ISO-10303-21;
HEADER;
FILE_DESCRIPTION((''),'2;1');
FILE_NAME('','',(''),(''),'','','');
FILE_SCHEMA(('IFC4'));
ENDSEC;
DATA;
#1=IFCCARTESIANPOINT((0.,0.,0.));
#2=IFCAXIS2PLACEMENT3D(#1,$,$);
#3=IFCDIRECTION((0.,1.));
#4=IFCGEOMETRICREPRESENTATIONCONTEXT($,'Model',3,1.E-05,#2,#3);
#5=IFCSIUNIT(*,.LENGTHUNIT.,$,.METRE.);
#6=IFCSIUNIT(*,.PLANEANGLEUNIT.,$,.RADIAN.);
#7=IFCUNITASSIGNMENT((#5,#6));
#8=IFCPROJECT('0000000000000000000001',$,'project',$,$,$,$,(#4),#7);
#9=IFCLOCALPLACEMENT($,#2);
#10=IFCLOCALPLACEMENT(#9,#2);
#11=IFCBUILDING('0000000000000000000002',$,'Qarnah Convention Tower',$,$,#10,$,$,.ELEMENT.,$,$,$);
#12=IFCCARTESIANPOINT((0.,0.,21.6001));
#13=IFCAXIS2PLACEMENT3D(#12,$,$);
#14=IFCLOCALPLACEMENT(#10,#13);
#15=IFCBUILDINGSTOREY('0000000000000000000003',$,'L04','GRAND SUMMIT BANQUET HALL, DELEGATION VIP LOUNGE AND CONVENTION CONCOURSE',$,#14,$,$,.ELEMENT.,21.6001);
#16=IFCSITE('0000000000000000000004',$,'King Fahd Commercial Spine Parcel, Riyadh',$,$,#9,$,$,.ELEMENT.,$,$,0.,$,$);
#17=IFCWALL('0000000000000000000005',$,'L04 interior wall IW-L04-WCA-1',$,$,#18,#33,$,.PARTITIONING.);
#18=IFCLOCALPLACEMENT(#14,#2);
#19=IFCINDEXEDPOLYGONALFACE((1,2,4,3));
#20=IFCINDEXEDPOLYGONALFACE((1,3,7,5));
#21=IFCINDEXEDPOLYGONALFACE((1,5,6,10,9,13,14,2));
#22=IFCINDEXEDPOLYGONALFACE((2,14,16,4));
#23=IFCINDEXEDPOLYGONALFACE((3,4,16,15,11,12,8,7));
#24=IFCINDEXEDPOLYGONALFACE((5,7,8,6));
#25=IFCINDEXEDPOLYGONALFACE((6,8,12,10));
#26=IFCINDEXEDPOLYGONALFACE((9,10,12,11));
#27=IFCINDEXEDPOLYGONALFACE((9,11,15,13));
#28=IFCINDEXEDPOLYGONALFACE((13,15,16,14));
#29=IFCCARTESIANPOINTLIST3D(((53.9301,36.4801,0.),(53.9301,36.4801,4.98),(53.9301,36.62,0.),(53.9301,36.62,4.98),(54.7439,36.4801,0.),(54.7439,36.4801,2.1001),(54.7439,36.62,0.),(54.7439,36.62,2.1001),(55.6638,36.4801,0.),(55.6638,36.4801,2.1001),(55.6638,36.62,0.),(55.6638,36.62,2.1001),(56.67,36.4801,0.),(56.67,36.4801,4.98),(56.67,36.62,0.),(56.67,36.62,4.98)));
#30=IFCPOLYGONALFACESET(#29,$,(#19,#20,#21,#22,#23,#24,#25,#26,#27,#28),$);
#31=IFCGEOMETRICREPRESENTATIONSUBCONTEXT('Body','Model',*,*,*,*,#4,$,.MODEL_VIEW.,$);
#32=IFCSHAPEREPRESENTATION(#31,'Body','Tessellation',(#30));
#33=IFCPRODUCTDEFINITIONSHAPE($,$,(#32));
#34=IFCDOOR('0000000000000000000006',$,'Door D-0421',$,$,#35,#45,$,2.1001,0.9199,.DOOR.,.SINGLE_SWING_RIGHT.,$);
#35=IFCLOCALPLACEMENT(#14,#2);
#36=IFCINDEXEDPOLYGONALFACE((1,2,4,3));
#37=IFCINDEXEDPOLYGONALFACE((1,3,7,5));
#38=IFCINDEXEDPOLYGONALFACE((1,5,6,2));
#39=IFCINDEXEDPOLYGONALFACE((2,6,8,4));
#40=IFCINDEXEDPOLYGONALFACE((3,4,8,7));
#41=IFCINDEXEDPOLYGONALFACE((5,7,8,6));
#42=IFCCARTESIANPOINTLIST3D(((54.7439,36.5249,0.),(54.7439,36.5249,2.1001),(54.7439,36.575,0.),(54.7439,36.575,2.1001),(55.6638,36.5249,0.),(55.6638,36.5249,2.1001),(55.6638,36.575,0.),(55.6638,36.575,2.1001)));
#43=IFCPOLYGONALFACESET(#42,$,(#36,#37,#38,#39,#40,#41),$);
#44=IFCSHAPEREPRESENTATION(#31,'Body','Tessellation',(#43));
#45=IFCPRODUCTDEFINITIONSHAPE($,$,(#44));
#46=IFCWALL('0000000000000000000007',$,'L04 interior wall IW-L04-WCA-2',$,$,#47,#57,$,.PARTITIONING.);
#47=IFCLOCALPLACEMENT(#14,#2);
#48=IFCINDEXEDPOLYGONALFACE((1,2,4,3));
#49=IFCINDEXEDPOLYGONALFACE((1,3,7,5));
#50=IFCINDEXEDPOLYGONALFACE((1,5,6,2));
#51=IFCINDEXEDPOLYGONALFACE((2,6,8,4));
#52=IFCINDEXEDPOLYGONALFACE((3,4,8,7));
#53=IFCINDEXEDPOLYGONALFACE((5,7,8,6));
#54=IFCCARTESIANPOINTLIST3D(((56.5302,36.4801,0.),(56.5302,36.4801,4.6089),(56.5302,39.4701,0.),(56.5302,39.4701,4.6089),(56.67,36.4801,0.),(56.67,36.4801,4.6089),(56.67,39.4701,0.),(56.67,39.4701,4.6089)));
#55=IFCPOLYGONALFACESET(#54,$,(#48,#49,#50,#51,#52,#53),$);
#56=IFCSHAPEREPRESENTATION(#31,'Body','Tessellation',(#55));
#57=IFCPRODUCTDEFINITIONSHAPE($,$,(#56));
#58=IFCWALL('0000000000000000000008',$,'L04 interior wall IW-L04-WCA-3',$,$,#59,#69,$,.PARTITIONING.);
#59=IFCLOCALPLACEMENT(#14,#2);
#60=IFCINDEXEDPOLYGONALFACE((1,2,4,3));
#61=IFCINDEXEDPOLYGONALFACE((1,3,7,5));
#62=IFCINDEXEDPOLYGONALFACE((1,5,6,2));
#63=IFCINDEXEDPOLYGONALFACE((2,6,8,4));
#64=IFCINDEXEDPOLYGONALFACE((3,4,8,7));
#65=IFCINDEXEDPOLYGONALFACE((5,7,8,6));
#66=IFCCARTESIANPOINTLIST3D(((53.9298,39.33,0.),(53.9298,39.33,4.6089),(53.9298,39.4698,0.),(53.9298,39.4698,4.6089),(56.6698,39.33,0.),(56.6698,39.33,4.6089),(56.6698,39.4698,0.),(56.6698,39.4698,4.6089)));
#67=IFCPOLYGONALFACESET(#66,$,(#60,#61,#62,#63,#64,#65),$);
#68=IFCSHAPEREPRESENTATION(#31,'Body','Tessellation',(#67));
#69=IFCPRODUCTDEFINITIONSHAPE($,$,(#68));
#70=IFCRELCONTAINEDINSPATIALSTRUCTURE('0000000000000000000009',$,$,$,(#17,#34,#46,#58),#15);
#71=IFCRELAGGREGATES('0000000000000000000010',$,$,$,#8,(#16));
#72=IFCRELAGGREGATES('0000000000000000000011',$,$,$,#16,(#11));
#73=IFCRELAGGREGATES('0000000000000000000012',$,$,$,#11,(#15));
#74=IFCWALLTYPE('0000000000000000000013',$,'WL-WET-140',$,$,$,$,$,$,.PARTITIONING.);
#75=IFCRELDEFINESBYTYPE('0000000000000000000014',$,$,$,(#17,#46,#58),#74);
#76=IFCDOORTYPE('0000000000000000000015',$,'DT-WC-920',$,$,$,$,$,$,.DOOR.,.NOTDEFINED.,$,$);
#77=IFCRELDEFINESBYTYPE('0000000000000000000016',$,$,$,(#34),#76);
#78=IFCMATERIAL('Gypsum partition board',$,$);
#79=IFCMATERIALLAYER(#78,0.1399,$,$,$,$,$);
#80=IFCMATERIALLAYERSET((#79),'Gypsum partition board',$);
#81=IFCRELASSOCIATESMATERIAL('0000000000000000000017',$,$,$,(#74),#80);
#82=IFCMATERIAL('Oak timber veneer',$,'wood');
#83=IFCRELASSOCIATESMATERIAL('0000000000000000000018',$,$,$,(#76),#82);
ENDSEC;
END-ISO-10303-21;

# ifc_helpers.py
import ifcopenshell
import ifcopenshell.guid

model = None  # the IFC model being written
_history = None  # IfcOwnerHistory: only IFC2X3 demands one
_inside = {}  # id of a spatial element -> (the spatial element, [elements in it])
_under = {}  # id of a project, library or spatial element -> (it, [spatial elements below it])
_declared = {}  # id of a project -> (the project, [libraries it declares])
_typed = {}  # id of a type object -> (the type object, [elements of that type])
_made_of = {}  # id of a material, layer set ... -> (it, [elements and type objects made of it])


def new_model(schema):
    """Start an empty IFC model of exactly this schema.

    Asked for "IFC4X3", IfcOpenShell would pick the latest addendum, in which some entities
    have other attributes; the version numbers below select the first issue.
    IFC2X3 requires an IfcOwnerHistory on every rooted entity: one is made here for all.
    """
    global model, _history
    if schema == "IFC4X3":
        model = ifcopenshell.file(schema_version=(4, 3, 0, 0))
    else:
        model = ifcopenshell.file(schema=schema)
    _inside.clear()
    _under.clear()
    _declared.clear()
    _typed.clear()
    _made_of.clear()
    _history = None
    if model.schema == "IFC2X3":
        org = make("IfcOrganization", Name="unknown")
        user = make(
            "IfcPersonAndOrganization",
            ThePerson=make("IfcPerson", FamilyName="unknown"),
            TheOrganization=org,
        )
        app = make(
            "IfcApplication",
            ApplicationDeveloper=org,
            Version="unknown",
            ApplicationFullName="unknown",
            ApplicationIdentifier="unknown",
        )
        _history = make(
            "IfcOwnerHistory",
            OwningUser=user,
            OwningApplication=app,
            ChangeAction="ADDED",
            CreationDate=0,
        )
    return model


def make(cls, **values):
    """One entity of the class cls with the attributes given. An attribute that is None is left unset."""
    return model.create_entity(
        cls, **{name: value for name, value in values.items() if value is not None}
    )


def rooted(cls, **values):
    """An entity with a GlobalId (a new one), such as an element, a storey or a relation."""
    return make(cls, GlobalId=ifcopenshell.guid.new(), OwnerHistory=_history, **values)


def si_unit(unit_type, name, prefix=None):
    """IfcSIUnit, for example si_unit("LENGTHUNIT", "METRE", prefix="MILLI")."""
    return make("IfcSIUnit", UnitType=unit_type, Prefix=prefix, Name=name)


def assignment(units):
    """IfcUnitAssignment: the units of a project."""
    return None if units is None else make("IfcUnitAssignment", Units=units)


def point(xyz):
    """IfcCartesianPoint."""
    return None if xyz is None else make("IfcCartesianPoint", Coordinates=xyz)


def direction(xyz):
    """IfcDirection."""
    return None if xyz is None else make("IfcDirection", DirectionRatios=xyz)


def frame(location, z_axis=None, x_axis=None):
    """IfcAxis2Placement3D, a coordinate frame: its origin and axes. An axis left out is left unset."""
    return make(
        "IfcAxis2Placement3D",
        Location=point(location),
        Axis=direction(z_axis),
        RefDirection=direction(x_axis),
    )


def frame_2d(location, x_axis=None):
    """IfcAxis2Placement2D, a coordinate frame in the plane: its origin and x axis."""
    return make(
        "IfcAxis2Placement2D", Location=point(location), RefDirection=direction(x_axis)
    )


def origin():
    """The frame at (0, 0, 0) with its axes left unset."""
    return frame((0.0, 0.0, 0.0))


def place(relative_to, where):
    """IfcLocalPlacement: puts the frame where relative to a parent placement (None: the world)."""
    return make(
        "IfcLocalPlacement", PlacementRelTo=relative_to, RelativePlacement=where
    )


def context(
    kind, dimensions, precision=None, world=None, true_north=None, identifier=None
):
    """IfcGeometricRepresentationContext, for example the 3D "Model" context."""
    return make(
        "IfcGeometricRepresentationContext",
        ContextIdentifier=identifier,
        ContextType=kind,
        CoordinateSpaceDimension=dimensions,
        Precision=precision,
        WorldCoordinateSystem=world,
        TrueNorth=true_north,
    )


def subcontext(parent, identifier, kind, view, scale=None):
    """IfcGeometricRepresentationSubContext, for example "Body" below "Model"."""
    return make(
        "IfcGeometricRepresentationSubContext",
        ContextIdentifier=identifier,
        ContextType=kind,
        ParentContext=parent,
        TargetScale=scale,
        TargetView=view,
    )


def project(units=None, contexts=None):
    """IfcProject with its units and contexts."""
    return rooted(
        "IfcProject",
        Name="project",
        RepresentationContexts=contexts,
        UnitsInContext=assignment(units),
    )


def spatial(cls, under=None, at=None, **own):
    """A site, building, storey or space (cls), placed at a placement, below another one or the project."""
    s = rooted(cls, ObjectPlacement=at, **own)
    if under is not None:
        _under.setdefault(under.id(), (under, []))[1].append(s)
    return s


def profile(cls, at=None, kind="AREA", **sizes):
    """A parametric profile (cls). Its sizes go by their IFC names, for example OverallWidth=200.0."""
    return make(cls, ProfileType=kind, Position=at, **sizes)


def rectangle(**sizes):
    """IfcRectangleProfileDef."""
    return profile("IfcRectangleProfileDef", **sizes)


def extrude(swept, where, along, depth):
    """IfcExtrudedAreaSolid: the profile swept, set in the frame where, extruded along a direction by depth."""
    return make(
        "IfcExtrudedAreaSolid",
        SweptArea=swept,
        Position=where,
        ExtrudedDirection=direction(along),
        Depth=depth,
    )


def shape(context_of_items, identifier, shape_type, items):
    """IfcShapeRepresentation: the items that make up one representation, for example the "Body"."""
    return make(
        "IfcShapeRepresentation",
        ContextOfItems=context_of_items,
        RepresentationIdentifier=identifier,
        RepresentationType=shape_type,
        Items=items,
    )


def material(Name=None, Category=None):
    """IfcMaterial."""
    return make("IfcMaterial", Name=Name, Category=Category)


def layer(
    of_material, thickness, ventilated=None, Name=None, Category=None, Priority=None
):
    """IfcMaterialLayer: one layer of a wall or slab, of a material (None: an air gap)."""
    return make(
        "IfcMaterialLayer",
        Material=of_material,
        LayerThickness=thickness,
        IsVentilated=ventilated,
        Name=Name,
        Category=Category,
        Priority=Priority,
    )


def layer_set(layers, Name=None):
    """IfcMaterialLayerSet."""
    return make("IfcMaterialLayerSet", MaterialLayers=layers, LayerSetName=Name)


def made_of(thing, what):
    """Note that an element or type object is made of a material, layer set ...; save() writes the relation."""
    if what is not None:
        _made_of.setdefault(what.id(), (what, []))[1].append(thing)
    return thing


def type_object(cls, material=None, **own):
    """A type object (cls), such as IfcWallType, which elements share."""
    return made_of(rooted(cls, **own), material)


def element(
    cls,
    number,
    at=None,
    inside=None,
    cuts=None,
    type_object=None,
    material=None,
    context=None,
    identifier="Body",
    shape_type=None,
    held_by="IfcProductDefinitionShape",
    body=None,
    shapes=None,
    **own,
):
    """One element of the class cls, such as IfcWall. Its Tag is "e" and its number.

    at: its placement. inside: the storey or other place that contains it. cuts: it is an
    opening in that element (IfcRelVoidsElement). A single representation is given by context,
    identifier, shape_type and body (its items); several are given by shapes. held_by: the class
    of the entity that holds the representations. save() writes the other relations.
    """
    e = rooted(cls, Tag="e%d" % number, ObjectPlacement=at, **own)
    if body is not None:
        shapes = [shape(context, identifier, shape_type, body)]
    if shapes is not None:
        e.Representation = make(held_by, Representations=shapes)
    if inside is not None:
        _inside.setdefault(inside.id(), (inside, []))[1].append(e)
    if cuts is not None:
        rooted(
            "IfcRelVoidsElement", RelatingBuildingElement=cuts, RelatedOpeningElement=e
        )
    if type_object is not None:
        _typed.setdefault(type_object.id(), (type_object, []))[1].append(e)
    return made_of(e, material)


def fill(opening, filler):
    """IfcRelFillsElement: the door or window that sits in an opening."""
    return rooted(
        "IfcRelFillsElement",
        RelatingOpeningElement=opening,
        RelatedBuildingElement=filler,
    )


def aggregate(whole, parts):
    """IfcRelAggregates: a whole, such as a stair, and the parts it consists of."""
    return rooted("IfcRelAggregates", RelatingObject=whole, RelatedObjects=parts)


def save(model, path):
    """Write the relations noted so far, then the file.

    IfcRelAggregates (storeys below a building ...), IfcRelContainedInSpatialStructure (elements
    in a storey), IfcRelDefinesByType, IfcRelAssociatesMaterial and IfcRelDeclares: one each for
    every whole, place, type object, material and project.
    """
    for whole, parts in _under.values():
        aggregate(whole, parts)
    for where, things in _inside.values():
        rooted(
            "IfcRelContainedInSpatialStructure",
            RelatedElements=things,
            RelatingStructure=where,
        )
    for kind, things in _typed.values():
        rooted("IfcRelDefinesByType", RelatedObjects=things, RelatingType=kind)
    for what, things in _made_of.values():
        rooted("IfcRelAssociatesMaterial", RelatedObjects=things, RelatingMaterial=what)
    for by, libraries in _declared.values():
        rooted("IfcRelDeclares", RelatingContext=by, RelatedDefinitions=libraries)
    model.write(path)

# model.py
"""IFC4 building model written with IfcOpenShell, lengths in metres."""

from ifc_helpers import new_model, si_unit, direction, frame, frame_2d, origin, place, context, subcontext, project, spatial, rectangle, extrude, material, layer, layer_set, type_object, element, fill, save


model = new_model("IFC4")

# Units and contexts
model_context = context("Model", 3, precision=1e-05, world=origin(), true_north=direction((0.0, 1.0)))
body_context = subcontext(model_context, "Body", "Model", "MODEL_VIEW")
ifc_project = project(units=[si_unit("LENGTHUNIT", "METRE"), si_unit("PLANEANGLEUNIT", "RADIAN")], contexts=[model_context])

# Site, building, storey
site_placement = place(None, origin())
site = spatial("IfcSite", under=ifc_project, at=site_placement, Name="King Fahd Commercial Spine Parcel, Riyadh", CompositionType="ELEMENT", RefElevation=0.0)
building_placement = place(site_placement, origin())
building = spatial("IfcBuilding", under=site, at=building_placement, Name="Qarnah Convention Tower", CompositionType="ELEMENT")
storey_placement = place(building_placement, frame((0.0, 0.0, 21.6001)))
storey = spatial("IfcBuildingStorey", under=building, at=storey_placement, Name="L04", Description="GRAND SUMMIT BANQUET HALL, DELEGATION VIP LOUNGE AND CONVENTION CONCOURSE", CompositionType="ELEMENT", Elevation=21.6001)

# Shared definitions
ifc_material_1 = material(Name="Gypsum partition board")

# Shared definitions
ifc_material_2 = material(Name="Oak timber veneer", Category="wood")

# Shared definitions
ifc_layer_1 = layer(ifc_material_1, 0.1399)
ifc_layer_set_1 = layer_set([ifc_layer_1], Name="Gypsum partition board")
wall_type_1 = type_object("IfcWallType", Name="WL-WET-140", PredefinedType="PARTITIONING", material=ifc_layer_set_1)

# Shared definitions
door_type_1 = type_object("IfcDoorType", Name="DT-WC-920", OperationType="NOTDEFINED", PredefinedType="DOOR", material=ifc_material_2)

# Wall, opening, door
wall_1_placement = place(storey_placement, frame((53.9299, 36.55, 0.0), z_axis=(0.0, 0.0, 1.0), x_axis=(1.0, 0.0, 0.0)))
wall_1 = element("IfcWall", 1, at=wall_1_placement, inside=storey, type_object=wall_type_1, Name="L04 interior wall IW-L04-WCA-1", PredefinedType="PARTITIONING", context=body_context, shape_type="SweptSolid", body=[
    extrude(rectangle(XDim=2.74, YDim=0.1399, at=frame_2d((1.3701, 0.0))), origin(), (0.0, 0.0, 1.0), 4.98),
])
opening_1_placement = place(wall_1_placement, frame((0.814, 0.0, 0.0)))
opening_1 = element("IfcOpeningElement", 2, at=opening_1_placement, cuts=wall_1, PredefinedType="OPENING", context=body_context, shape_type="SweptSolid", body=[
    extrude(rectangle(XDim=0.9199, YDim=2.1001, at=frame_2d((0.46, 1.05))), frame((0.0, 0.0798, 0.0), z_axis=(0.0, -1.0, 0.0), x_axis=(1.0, 0.0, 0.0)), (0.0, 0.0, 1.0), 0.1599),
])
door_1_placement = place(opening_1_placement, origin())
door_1 = element("IfcDoor", 3, at=door_1_placement, inside=storey, type_object=door_type_1, Name="Door D-0421", OperationType="SINGLE_SWING_RIGHT", OverallHeight=2.1001, OverallWidth=0.9199, PredefinedType="DOOR", context=body_context, shape_type="SweptSolid", body=[
    extrude(rectangle(XDim=0.9199, YDim=2.1001, at=frame_2d((0.46, 1.05))), frame((0.0, 0.0249, 0.0), z_axis=(0.0, -1.0, 0.0), x_axis=(1.0, 0.0, 0.0)), (0.0, 0.0, 1.0), 0.05),
])
fill(opening_1, door_1)

# Walls
wall_2_placement = place(storey_placement, frame((56.6001, 36.48, 0.0), z_axis=(0.0, 0.0, 1.0), x_axis=(0.0, 1.0, 0.0)))
element("IfcWall", 4, at=wall_2_placement, inside=storey, type_object=wall_type_1, Name="L04 interior wall IW-L04-WCA-2", PredefinedType="PARTITIONING", context=body_context, shape_type="SweptSolid", body=[
    extrude(rectangle(XDim=2.99, YDim=0.1399, at=frame_2d((1.4951, 0.0))), origin(), (0.0, 0.0, 1.0), 4.6089),
])
wall_3_placement = place(storey_placement, frame((56.6699, 39.3999, 0.0), z_axis=(0.0, 0.0, 1.0), x_axis=(-1.0, 0.0, 0.0)))
element("IfcWall", 5, at=wall_3_placement, inside=storey, type_object=wall_type_1, Name="L04 interior wall IW-L04-WCA-3", PredefinedType="PARTITIONING", context=body_context, shape_type="SweptSolid", body=[
    extrude(rectangle(XDim=2.74, YDim=0.1399, at=frame_2d((1.3701, 0.0))), origin(), (0.0, 0.0, 1.0), 4.6089),
])

save(model, "model.ifc")
